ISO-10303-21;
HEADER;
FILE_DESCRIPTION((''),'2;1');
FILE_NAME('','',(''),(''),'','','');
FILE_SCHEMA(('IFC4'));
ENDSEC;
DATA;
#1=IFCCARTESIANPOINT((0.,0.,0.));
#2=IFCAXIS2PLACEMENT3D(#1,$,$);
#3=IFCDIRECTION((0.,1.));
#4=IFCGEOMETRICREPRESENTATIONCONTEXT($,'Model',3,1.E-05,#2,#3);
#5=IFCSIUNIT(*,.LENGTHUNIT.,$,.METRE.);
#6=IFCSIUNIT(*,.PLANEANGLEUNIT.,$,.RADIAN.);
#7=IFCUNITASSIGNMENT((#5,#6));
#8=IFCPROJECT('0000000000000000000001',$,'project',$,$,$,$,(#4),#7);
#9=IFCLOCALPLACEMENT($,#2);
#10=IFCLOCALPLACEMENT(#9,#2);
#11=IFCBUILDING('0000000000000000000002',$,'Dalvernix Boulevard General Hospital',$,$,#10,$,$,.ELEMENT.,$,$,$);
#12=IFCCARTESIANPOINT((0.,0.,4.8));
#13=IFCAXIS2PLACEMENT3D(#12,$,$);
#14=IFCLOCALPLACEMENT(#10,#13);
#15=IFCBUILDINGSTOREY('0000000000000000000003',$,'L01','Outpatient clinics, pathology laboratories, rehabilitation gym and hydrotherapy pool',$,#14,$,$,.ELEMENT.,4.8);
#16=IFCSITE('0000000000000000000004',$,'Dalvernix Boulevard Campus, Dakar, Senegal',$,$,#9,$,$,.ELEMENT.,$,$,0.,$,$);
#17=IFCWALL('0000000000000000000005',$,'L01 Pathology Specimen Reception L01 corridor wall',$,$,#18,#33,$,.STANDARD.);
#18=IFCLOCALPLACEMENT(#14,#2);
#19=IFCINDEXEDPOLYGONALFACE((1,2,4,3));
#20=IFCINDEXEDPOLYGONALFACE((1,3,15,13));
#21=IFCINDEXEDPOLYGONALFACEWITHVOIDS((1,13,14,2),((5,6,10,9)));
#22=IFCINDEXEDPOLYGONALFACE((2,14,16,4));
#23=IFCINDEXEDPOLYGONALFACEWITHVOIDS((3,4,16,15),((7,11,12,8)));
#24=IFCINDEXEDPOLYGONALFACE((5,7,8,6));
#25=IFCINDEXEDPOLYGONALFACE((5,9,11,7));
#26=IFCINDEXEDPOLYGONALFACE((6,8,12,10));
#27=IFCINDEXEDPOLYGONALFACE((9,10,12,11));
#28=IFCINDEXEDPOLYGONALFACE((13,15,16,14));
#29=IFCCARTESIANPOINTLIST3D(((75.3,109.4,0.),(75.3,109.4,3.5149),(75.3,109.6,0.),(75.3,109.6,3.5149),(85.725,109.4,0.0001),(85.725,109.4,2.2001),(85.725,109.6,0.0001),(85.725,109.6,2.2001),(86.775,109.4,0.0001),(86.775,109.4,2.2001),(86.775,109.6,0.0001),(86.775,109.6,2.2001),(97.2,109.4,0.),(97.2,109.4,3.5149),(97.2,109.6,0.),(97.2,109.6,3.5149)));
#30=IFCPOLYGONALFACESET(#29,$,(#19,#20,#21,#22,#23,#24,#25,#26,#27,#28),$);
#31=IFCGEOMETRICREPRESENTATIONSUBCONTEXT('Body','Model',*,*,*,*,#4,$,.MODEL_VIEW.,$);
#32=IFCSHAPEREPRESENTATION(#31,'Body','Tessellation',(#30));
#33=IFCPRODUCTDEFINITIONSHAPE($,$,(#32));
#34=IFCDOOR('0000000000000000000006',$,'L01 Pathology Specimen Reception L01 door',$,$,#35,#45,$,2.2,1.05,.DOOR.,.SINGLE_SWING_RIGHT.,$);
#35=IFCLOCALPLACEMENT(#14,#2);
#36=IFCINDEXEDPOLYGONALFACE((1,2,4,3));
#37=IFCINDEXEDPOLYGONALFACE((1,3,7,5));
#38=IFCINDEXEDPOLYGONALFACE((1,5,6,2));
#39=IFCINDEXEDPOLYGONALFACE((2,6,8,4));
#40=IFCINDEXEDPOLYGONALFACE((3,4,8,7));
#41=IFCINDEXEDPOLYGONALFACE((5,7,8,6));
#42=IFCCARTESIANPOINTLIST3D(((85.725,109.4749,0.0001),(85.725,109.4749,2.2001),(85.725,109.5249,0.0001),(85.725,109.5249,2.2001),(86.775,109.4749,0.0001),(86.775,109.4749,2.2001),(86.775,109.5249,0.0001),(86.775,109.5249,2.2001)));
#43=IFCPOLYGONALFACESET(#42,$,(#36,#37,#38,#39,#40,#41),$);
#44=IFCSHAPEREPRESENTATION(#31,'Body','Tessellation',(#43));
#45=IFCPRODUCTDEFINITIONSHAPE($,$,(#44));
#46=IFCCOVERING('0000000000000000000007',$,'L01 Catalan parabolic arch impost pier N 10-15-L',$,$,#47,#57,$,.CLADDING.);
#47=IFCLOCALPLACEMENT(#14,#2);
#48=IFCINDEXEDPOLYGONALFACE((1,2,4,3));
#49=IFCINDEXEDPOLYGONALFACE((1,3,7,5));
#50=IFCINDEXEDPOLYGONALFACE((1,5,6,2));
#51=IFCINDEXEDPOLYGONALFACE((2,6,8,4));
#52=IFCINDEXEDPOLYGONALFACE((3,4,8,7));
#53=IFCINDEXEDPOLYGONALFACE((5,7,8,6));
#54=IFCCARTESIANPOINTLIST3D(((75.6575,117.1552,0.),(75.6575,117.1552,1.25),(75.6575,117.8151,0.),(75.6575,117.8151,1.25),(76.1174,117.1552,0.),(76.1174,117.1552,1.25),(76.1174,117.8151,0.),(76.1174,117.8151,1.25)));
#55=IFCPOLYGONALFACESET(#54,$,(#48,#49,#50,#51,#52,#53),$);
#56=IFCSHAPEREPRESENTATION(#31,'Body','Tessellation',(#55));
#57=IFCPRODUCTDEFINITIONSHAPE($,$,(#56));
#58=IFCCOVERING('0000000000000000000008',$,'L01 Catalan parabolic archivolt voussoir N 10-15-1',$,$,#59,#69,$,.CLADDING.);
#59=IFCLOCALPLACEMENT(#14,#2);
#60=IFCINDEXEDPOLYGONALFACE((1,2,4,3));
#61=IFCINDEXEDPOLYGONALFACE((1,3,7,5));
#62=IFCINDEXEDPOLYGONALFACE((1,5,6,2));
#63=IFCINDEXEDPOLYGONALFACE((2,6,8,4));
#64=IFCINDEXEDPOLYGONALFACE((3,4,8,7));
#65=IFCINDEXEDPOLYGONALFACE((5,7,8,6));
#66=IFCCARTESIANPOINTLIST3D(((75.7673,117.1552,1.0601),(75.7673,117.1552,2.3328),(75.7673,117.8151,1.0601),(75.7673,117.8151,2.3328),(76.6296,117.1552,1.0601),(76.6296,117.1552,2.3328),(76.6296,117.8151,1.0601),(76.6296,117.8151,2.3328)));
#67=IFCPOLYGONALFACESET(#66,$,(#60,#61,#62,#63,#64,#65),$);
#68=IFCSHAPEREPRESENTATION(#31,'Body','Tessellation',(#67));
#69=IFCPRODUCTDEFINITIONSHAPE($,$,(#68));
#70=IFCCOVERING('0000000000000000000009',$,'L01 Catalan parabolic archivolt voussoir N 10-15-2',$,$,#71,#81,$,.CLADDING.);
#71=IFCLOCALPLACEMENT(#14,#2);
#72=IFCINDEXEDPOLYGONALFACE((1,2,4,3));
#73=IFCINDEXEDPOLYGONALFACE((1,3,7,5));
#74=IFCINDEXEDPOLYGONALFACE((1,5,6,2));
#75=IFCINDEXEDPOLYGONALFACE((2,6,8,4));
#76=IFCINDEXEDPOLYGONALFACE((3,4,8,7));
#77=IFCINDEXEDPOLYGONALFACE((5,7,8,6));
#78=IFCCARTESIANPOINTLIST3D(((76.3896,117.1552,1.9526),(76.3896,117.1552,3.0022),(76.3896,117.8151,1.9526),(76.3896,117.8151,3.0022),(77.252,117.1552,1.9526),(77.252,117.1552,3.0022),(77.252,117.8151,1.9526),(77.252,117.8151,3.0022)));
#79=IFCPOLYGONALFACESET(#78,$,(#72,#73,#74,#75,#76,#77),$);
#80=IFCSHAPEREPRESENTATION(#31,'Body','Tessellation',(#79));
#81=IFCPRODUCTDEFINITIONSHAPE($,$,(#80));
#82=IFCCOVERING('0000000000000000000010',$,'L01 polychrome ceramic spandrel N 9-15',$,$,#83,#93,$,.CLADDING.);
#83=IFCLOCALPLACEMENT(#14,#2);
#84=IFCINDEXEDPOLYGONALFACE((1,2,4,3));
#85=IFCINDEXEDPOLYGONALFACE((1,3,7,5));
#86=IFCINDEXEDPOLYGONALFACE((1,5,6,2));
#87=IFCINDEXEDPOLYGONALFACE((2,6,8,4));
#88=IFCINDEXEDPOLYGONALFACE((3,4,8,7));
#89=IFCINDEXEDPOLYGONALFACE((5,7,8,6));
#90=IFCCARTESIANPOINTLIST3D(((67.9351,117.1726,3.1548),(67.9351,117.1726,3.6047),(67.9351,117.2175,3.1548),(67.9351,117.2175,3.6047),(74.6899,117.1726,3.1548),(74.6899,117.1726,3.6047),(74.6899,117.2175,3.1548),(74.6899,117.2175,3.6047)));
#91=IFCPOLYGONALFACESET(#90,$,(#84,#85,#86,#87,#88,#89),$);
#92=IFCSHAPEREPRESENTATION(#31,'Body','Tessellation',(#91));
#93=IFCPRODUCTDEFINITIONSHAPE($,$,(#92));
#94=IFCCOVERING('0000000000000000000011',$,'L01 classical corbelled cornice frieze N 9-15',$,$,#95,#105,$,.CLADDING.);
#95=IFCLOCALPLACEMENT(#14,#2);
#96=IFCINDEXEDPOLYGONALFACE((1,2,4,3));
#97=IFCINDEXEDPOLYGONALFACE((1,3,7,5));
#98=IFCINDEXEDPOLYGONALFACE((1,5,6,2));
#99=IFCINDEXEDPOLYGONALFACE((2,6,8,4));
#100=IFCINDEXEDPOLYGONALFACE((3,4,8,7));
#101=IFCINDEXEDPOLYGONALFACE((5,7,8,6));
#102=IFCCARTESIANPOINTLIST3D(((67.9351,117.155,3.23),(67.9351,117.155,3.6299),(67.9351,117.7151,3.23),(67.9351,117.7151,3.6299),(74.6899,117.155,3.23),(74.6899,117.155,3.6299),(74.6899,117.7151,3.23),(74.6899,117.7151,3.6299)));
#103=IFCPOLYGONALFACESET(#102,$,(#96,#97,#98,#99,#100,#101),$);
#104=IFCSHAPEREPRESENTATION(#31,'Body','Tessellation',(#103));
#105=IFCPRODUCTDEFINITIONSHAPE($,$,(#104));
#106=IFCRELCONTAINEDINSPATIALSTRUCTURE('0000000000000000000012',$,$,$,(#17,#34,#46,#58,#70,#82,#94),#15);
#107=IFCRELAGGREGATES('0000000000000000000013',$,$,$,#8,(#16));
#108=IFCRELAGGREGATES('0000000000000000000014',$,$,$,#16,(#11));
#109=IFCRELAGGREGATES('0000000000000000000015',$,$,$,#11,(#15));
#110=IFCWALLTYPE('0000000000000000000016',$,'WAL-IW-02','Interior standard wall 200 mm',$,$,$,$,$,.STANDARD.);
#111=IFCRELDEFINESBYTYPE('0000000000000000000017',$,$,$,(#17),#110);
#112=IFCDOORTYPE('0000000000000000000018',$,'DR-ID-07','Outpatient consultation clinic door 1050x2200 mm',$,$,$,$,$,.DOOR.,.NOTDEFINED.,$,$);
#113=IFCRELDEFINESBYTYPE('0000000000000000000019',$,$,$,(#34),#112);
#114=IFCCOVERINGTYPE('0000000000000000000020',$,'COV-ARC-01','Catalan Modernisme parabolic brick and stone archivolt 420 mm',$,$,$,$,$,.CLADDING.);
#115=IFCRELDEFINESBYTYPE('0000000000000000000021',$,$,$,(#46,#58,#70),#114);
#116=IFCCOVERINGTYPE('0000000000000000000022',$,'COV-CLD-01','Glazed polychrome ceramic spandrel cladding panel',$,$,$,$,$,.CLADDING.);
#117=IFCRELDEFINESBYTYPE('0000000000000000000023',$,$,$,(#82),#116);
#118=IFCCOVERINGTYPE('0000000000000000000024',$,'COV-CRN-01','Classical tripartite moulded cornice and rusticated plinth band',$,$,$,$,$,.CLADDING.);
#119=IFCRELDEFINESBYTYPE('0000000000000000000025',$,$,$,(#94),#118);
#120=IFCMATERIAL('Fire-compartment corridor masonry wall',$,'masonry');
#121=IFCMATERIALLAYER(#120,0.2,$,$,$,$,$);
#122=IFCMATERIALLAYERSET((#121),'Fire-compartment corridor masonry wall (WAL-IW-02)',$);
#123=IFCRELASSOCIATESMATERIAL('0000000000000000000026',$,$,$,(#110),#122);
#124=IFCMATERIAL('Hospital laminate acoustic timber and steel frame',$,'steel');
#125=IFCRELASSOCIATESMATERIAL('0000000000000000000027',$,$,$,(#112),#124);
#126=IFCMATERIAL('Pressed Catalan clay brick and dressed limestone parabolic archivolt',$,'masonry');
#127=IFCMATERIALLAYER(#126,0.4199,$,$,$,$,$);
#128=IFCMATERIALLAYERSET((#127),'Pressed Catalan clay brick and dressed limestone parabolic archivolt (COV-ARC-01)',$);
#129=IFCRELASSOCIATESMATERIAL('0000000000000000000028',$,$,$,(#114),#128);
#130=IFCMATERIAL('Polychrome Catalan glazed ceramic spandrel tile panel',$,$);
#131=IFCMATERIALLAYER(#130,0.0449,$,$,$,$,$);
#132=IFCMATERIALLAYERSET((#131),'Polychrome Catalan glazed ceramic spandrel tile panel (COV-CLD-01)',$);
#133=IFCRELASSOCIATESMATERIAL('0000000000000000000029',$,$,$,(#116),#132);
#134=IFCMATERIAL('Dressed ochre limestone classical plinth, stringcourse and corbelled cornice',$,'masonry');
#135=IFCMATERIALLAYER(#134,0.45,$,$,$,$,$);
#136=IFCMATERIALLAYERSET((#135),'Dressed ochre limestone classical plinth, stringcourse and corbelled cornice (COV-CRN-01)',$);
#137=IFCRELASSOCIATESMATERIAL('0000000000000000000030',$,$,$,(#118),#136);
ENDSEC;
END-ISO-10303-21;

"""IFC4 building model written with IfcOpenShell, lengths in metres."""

from ifc_helpers import new_model, si_unit, direction, frame, frame_2d, origin, origin_2d, place, context, subcontext, project, spatial, rectangle, extrude, material, layer, layer_set, type_object, element, fill, save


model = new_model("IFC4")

# Units and contexts
model_context = context("Model", 3, precision=1e-05, world=origin(), true_north=direction((0.0, 1.0)))
body_context = subcontext(model_context, "Body", "Model", "MODEL_VIEW")
ifc_project = project(units=[si_unit("LENGTHUNIT", "METRE"), si_unit("PLANEANGLEUNIT", "RADIAN")], contexts=[model_context])

# Site, building, storey
site_placement = place(None, origin())
site = spatial("IfcSite", under=ifc_project, at=site_placement, Name="Dalvernix Boulevard Campus, Dakar, Senegal", CompositionType="ELEMENT", RefElevation=0.0)
building_placement = place(site_placement, origin())
building = spatial("IfcBuilding", under=site, at=building_placement, Name="Dalvernix Boulevard General Hospital", CompositionType="ELEMENT")
storey_placement = place(building_placement, frame((0.0, 0.0, 4.8)))
storey = spatial("IfcBuildingStorey", under=building, at=storey_placement, Name="L01", Description="Outpatient clinics, pathology laboratories, rehabilitation gym and hydrotherapy pool", CompositionType="ELEMENT", Elevation=4.8)

# Shared definitions
ifc_material_1 = material(Name="Hospital laminate acoustic timber and steel frame", Category="steel")

# Wall, opening, door
ifc_material_2 = material(Name="Fire-compartment corridor masonry wall", Category="masonry")
ifc_layer_1 = layer(ifc_material_2, 0.2)
ifc_layer_set_1 = layer_set([ifc_layer_1], Name="Fire-compartment corridor masonry wall (WAL-IW-02)")
wall_type_1 = type_object("IfcWallType", Name="WAL-IW-02", Description="Interior standard wall 200 mm", PredefinedType="STANDARD", material=ifc_layer_set_1)
wall_1_placement = place(storey_placement, frame((75.3, 109.5, 0.0), z_axis=(0.0, 0.0, 1.0), x_axis=(1.0, 0.0, 0.0)))
wall_1 = element("IfcWall", 1, at=wall_1_placement, inside=storey, type_object=wall_type_1, Name="L01 Pathology Specimen Reception L01 corridor wall", PredefinedType="STANDARD", context=body_context, shape_type="SweptSolid", body=[
    extrude(rectangle(XDim=21.8999, YDim=0.2, at=frame_2d((10.95, 0.0))), origin(), (0.0, 0.0, 1.0), 3.5149),
])
opening_1_placement = place(wall_1_placement, frame((10.425, 0.0, 0.0)))
opening_1 = element("IfcOpeningElement", 2, at=opening_1_placement, cuts=wall_1, PredefinedType="OPENING", context=body_context, shape_type="SweptSolid", body=[
    extrude(rectangle(XDim=1.05, YDim=2.2, at=frame_2d((0.5249, 1.1001))), frame((0.0, 0.1099, 0.0), z_axis=(0.0, -1.0, 0.0), x_axis=(1.0, 0.0, 0.0)), (0.0, 0.0, 1.0), 0.22),
])
door_type_1 = type_object("IfcDoorType", Name="DR-ID-07", Description="Outpatient consultation clinic door 1050x2200 mm", OperationType="NOTDEFINED", PredefinedType="DOOR", material=ifc_material_1)
door_1_placement = place(opening_1_placement, origin())
door_1 = element("IfcDoor", 3, at=door_1_placement, inside=storey, type_object=door_type_1, Name="L01 Pathology Specimen Reception L01 door", OperationType="SINGLE_SWING_RIGHT", OverallHeight=2.2, OverallWidth=1.05, PredefinedType="DOOR", context=body_context, shape_type="SweptSolid", body=[
    extrude(rectangle(XDim=1.05, YDim=2.2, at=frame_2d((0.5249, 1.1001))), frame((0.0, 0.0249, 0.0), z_axis=(0.0, -1.0, 0.0), x_axis=(1.0, 0.0, 0.0)), (0.0, 0.0, 1.0), 0.05),
])
fill(opening_1, door_1)

# Coverings
ifc_material_3 = material(Name="Pressed Catalan clay brick and dressed limestone parabolic archivolt", Category="masonry")
ifc_layer_2 = layer(ifc_material_3, 0.4199)
ifc_layer_set_2 = layer_set([ifc_layer_2], Name="Pressed Catalan clay brick and dressed limestone parabolic archivolt (COV-ARC-01)")
covering_type_1 = type_object("IfcCoveringType", Name="COV-ARC-01", Description="Catalan Modernisme parabolic brick and stone archivolt 420 mm", PredefinedType="CLADDING", material=ifc_layer_set_2)
covering_1_placement = place(storey_placement, frame((75.8875, 117.4851, 0.0), z_axis=(0.0, 0.0, 1.0), x_axis=(1.0, 0.0, 0.0)))
element("IfcCovering", 4, at=covering_1_placement, inside=storey, type_object=covering_type_1, Name="L01 Catalan parabolic arch impost pier N 10-15-L", PredefinedType="CLADDING", context=body_context, shape_type="SweptSolid", body=[
    extrude(rectangle(XDim=0.46, YDim=0.6599, at=origin_2d()), origin(), (0.0, 0.0, 1.0), 1.25),
])
covering_2_placement = place(storey_placement, frame((76.1985, 117.4851, 1.0601), z_axis=(0.0, 0.0, 1.0), x_axis=(1.0, 0.0, 0.0)))
element("IfcCovering", 5, at=covering_2_placement, inside=storey, type_object=covering_type_1, Name="L01 Catalan parabolic archivolt voussoir N 10-15-1", PredefinedType="CLADDING", context=body_context, shape_type="SweptSolid", body=[
    extrude(rectangle(XDim=0.8623, YDim=0.6599, at=origin_2d()), origin(), (0.0, 0.0, 1.0), 1.2727),
])
covering_3_placement = place(storey_placement, frame((76.8208, 117.4851, 1.9526), z_axis=(0.0, 0.0, 1.0), x_axis=(1.0, 0.0, 0.0)))
element("IfcCovering", 6, at=covering_3_placement, inside=storey, type_object=covering_type_1, Name="L01 Catalan parabolic archivolt voussoir N 10-15-2", PredefinedType="CLADDING", context=body_context, shape_type="SweptSolid", body=[
    extrude(rectangle(XDim=0.8623, YDim=0.6599, at=origin_2d()), origin(), (0.0, 0.0, 1.0), 1.0496),
])
ifc_material_4 = material(Name="Polychrome Catalan glazed ceramic spandrel tile panel")
ifc_layer_3 = layer(ifc_material_4, 0.0449)
ifc_layer_set_3 = layer_set([ifc_layer_3], Name="Polychrome Catalan glazed ceramic spandrel tile panel (COV-CLD-01)")
covering_type_2 = type_object("IfcCoveringType", Name="COV-CLD-01", Description="Glazed polychrome ceramic spandrel cladding panel", PredefinedType="CLADDING", material=ifc_layer_set_3)
covering_4_placement = place(storey_placement, frame((71.3125, 117.1951, 3.1548), z_axis=(0.0, 0.0, 1.0), x_axis=(1.0, 0.0, 0.0)))
element("IfcCovering", 7, at=covering_4_placement, inside=storey, type_object=covering_type_2, Name="L01 polychrome ceramic spandrel N 9-15", PredefinedType="CLADDING", context=body_context, shape_type="SweptSolid", body=[
    extrude(rectangle(XDim=6.7549, YDim=0.0449, at=origin_2d()), origin(), (0.0, 0.0, 1.0), 0.45),
])
ifc_material_5 = material(Name="Dressed ochre limestone classical plinth, stringcourse and corbelled cornice", Category="masonry")
ifc_layer_4 = layer(ifc_material_5, 0.45)
ifc_layer_set_4 = layer_set([ifc_layer_4], Name="Dressed ochre limestone classical plinth, stringcourse and corbelled cornice (COV-CRN-01)")
covering_type_3 = type_object("IfcCoveringType", Name="COV-CRN-01", Description="Classical tripartite moulded cornice and rusticated plinth band", PredefinedType="CLADDING", material=ifc_layer_set_4)
covering_5_placement = place(storey_placement, frame((71.3125, 117.4351, 3.23), z_axis=(0.0, 0.0, 1.0), x_axis=(1.0, 0.0, 0.0)))
element("IfcCovering", 8, at=covering_5_placement, inside=storey, type_object=covering_type_3, Name="L01 classical corbelled cornice frieze N 9-15", PredefinedType="CLADDING", context=body_context, shape_type="SweptSolid", body=[
    extrude(rectangle(XDim=6.7549, YDim=0.5601, at=origin_2d()), origin(), (0.0, 0.0, 1.0), 0.3999),
])

save(model, "model.ifc")
